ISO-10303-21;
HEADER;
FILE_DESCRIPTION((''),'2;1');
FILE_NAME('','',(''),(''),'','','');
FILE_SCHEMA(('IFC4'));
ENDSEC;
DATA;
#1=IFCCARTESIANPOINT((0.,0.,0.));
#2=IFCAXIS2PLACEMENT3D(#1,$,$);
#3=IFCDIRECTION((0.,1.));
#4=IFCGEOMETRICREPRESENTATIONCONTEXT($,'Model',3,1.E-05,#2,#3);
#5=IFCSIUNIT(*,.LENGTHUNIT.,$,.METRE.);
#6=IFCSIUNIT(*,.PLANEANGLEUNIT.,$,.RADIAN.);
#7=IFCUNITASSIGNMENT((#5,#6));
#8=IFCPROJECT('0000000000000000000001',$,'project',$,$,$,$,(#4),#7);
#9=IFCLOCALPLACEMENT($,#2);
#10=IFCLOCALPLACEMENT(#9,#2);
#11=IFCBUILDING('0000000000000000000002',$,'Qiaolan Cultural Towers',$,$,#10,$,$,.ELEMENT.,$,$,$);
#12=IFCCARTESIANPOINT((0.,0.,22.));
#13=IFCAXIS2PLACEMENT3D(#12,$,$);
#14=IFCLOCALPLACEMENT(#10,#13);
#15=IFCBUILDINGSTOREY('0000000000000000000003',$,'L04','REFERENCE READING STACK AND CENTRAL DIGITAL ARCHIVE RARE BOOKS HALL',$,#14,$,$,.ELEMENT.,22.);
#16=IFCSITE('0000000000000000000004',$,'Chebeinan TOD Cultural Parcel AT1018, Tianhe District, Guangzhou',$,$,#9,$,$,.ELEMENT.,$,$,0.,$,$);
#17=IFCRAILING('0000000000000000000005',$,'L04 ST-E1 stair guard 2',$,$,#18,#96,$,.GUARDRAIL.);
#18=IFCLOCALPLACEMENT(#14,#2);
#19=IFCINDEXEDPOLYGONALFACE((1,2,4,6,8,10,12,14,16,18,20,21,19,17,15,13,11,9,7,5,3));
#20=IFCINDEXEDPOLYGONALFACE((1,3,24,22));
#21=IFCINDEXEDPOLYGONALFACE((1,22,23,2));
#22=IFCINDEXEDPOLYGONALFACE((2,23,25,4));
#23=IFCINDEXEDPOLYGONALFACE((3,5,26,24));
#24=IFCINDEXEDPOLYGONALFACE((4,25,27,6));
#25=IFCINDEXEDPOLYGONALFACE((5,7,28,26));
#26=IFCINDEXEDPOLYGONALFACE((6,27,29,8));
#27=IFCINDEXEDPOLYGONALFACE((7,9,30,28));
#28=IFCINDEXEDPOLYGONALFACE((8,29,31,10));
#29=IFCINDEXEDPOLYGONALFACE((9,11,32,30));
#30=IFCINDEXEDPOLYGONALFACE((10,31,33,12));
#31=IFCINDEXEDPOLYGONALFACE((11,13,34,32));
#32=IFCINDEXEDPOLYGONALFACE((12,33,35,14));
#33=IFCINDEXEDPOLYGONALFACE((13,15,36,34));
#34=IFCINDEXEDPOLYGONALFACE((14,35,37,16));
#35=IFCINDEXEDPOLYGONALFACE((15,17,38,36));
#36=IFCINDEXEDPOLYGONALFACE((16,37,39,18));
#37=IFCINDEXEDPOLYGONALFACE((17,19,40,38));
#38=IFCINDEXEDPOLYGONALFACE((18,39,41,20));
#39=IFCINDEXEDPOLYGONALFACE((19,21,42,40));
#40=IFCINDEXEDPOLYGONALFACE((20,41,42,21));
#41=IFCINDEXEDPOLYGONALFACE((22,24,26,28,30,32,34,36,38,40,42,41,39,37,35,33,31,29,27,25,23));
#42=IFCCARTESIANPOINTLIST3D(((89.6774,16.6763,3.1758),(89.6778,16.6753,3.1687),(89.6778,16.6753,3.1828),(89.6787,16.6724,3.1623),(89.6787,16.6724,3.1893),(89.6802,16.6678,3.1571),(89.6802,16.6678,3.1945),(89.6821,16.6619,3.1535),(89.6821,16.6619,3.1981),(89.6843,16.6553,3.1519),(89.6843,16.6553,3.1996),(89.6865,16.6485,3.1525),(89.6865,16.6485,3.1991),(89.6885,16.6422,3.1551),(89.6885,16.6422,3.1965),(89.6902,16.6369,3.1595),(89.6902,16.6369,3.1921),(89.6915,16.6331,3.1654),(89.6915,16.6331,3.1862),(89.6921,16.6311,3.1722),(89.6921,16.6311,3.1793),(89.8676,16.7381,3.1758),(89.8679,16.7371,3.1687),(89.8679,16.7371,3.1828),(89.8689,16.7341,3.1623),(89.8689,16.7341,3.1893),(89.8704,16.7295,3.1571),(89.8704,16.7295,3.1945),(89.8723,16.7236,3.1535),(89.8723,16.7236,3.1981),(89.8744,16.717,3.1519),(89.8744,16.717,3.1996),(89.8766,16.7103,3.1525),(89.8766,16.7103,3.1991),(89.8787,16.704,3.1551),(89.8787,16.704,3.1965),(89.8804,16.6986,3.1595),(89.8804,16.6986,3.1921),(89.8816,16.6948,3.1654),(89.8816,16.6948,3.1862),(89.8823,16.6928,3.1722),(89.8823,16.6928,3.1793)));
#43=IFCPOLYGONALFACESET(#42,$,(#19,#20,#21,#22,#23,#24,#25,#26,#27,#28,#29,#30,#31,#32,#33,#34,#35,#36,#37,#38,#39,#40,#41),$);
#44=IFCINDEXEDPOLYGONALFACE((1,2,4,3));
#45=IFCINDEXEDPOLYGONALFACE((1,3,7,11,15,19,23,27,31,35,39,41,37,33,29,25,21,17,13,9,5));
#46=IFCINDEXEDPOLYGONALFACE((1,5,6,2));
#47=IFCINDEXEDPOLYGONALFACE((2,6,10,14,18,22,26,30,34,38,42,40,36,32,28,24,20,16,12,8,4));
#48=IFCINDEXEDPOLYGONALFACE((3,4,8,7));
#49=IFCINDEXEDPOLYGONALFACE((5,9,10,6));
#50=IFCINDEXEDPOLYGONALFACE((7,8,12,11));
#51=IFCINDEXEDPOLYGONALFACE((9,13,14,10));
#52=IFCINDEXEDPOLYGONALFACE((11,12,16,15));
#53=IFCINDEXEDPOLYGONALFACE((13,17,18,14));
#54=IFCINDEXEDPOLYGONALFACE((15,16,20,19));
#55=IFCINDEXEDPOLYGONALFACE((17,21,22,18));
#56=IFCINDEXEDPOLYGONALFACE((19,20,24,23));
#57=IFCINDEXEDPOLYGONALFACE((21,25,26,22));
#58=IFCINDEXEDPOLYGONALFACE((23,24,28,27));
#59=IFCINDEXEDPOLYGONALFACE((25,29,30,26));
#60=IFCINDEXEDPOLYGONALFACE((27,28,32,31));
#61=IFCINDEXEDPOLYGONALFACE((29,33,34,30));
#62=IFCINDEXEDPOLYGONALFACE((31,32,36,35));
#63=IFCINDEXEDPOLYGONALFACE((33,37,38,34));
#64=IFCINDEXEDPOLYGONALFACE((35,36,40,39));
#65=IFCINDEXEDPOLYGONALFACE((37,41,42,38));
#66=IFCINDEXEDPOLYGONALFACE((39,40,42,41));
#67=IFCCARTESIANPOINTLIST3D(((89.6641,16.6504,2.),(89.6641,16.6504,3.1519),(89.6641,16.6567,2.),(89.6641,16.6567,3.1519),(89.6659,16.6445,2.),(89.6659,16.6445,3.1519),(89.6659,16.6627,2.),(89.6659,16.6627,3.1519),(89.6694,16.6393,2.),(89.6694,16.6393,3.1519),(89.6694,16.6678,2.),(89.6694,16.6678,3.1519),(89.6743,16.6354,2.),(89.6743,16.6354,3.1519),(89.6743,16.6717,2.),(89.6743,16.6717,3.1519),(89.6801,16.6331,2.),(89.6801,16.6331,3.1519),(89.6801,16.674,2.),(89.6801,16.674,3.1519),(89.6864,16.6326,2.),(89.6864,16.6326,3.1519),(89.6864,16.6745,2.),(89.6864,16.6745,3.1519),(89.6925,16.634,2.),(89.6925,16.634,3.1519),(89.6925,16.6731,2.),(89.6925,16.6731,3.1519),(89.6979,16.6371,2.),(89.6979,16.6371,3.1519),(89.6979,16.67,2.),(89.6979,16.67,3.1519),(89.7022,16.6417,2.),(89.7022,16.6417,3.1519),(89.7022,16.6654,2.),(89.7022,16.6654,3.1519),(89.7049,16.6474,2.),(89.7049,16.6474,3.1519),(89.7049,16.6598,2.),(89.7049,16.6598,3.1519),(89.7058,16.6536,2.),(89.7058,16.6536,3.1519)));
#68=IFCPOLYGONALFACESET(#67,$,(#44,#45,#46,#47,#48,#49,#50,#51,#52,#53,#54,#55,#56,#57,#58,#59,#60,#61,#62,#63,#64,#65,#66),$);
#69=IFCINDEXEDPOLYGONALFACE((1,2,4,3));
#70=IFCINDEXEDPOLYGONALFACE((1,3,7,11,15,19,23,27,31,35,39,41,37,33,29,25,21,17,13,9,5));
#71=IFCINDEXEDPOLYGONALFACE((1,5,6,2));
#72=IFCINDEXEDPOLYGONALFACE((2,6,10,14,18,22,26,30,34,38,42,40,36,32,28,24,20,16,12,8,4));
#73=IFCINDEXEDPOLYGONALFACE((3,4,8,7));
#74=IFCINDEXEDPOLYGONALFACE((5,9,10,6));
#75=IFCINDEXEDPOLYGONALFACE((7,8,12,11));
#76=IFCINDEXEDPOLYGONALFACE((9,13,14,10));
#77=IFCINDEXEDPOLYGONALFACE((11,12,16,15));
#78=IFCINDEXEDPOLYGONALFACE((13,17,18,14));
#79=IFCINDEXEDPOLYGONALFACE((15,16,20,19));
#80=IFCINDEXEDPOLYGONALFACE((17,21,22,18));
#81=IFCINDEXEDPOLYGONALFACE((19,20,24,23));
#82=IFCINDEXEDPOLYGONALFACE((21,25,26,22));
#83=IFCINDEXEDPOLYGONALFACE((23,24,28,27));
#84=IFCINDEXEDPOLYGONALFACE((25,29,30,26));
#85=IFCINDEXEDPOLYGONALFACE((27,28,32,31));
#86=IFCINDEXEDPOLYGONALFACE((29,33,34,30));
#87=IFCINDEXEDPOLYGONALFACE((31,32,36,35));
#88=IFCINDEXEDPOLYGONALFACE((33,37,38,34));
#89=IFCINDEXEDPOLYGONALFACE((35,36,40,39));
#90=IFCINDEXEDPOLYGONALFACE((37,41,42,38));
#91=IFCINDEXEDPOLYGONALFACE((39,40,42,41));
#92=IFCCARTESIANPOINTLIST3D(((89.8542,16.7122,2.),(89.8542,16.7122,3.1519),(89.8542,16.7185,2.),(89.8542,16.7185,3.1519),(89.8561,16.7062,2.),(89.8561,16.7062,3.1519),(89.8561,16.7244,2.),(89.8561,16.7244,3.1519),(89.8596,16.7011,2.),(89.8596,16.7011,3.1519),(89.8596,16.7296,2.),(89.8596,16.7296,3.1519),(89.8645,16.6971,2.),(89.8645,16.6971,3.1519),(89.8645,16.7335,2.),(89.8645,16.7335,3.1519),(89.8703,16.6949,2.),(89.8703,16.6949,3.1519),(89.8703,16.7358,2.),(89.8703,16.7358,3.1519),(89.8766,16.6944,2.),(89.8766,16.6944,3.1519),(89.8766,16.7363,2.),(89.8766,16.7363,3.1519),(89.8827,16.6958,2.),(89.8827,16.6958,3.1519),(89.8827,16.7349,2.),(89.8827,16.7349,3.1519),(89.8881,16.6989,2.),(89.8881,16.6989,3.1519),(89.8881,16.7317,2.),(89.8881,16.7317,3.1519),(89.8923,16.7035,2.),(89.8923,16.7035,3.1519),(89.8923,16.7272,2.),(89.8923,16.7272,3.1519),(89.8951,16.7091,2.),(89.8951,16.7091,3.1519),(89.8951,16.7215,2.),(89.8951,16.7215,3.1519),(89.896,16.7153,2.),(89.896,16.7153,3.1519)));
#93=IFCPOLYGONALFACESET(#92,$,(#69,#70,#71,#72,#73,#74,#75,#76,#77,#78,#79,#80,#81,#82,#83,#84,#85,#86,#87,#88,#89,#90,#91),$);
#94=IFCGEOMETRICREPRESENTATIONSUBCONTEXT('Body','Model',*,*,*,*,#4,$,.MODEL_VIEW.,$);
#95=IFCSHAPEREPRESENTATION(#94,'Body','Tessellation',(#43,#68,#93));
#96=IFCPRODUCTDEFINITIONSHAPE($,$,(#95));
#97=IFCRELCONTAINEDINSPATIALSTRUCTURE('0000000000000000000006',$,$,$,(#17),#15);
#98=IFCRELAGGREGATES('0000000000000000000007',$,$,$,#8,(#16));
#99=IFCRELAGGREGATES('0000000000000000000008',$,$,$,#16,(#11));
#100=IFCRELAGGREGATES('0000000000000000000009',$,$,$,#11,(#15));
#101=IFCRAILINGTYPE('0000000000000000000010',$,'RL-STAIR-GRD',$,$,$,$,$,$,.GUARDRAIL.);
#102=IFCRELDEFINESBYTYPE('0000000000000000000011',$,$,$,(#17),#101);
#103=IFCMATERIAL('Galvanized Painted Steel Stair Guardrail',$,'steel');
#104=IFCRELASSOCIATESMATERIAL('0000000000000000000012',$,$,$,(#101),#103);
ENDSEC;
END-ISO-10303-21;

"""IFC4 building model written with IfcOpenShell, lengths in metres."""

from ifc_helpers import new_model, si_unit, direction, frame, origin, origin_2d, place, context, subcontext, project, spatial, circle, extrude, material, type_object, element, save


model = new_model("IFC4")

# Units and contexts
model_context = context("Model", 3, precision=1e-05, world=origin(), true_north=direction((0.0, 1.0)))
body_context = subcontext(model_context, "Body", "Model", "MODEL_VIEW")
ifc_project = project(units=[si_unit("LENGTHUNIT", "METRE"), si_unit("PLANEANGLEUNIT", "RADIAN")], contexts=[model_context])

# Site, building, storey
site_placement = place(None, origin())
site = spatial("IfcSite", under=ifc_project, at=site_placement, Name="Chebeinan TOD Cultural Parcel AT1018, Tianhe District, Guangzhou", CompositionType="ELEMENT", RefElevation=0.0)
building_placement = place(site_placement, origin())
building = spatial("IfcBuilding", under=site, at=building_placement, Name="Qiaolan Cultural Towers", CompositionType="ELEMENT")
storey_placement = place(building_placement, frame((0.0, 0.0, 22.0)))
storey = spatial("IfcBuildingStorey", under=building, at=storey_placement, Name="L04", Description="REFERENCE READING STACK AND CENTRAL DIGITAL ARCHIVE RARE BOOKS HALL", CompositionType="ELEMENT", Elevation=22.0)

# Railing
ifc_material_1 = material(Name="Galvanized Painted Steel Stair Guardrail", Category="steel")
railing_type_1 = type_object("IfcRailingType", Name="RL-STAIR-GRD", PredefinedType="GUARDRAIL", material=ifc_material_1)
railing_1_placement = place(storey_placement, frame((89.6848, 16.6536, 2.0)))
element("IfcRailing", 1, at=railing_1_placement, inside=storey, type_object=railing_type_1, Name="L04 ST-E1 stair guard 2", PredefinedType="GUARDRAIL", context=body_context, shape_type="SweptSolid", body=[
    extrude(circle(Radius=0.0239, at=origin_2d()), frame((0.0, 0.0, 1.1758), z_axis=(0.951097, 0.308893, 0.0), x_axis=(-0.308893, 0.951097, 0.0)), (0.0, 0.0, 1.0), 0.2),
    extrude(circle(Radius=0.021, at=origin_2d()), origin(), (0.0, 0.0, 1.0), 1.1519),
    extrude(circle(Radius=0.021, at=origin_2d()), frame((0.1902, 0.0618, 0.0)), (0.0, 0.0, 1.0), 1.1519),
])

save(model, "model.ifc")
